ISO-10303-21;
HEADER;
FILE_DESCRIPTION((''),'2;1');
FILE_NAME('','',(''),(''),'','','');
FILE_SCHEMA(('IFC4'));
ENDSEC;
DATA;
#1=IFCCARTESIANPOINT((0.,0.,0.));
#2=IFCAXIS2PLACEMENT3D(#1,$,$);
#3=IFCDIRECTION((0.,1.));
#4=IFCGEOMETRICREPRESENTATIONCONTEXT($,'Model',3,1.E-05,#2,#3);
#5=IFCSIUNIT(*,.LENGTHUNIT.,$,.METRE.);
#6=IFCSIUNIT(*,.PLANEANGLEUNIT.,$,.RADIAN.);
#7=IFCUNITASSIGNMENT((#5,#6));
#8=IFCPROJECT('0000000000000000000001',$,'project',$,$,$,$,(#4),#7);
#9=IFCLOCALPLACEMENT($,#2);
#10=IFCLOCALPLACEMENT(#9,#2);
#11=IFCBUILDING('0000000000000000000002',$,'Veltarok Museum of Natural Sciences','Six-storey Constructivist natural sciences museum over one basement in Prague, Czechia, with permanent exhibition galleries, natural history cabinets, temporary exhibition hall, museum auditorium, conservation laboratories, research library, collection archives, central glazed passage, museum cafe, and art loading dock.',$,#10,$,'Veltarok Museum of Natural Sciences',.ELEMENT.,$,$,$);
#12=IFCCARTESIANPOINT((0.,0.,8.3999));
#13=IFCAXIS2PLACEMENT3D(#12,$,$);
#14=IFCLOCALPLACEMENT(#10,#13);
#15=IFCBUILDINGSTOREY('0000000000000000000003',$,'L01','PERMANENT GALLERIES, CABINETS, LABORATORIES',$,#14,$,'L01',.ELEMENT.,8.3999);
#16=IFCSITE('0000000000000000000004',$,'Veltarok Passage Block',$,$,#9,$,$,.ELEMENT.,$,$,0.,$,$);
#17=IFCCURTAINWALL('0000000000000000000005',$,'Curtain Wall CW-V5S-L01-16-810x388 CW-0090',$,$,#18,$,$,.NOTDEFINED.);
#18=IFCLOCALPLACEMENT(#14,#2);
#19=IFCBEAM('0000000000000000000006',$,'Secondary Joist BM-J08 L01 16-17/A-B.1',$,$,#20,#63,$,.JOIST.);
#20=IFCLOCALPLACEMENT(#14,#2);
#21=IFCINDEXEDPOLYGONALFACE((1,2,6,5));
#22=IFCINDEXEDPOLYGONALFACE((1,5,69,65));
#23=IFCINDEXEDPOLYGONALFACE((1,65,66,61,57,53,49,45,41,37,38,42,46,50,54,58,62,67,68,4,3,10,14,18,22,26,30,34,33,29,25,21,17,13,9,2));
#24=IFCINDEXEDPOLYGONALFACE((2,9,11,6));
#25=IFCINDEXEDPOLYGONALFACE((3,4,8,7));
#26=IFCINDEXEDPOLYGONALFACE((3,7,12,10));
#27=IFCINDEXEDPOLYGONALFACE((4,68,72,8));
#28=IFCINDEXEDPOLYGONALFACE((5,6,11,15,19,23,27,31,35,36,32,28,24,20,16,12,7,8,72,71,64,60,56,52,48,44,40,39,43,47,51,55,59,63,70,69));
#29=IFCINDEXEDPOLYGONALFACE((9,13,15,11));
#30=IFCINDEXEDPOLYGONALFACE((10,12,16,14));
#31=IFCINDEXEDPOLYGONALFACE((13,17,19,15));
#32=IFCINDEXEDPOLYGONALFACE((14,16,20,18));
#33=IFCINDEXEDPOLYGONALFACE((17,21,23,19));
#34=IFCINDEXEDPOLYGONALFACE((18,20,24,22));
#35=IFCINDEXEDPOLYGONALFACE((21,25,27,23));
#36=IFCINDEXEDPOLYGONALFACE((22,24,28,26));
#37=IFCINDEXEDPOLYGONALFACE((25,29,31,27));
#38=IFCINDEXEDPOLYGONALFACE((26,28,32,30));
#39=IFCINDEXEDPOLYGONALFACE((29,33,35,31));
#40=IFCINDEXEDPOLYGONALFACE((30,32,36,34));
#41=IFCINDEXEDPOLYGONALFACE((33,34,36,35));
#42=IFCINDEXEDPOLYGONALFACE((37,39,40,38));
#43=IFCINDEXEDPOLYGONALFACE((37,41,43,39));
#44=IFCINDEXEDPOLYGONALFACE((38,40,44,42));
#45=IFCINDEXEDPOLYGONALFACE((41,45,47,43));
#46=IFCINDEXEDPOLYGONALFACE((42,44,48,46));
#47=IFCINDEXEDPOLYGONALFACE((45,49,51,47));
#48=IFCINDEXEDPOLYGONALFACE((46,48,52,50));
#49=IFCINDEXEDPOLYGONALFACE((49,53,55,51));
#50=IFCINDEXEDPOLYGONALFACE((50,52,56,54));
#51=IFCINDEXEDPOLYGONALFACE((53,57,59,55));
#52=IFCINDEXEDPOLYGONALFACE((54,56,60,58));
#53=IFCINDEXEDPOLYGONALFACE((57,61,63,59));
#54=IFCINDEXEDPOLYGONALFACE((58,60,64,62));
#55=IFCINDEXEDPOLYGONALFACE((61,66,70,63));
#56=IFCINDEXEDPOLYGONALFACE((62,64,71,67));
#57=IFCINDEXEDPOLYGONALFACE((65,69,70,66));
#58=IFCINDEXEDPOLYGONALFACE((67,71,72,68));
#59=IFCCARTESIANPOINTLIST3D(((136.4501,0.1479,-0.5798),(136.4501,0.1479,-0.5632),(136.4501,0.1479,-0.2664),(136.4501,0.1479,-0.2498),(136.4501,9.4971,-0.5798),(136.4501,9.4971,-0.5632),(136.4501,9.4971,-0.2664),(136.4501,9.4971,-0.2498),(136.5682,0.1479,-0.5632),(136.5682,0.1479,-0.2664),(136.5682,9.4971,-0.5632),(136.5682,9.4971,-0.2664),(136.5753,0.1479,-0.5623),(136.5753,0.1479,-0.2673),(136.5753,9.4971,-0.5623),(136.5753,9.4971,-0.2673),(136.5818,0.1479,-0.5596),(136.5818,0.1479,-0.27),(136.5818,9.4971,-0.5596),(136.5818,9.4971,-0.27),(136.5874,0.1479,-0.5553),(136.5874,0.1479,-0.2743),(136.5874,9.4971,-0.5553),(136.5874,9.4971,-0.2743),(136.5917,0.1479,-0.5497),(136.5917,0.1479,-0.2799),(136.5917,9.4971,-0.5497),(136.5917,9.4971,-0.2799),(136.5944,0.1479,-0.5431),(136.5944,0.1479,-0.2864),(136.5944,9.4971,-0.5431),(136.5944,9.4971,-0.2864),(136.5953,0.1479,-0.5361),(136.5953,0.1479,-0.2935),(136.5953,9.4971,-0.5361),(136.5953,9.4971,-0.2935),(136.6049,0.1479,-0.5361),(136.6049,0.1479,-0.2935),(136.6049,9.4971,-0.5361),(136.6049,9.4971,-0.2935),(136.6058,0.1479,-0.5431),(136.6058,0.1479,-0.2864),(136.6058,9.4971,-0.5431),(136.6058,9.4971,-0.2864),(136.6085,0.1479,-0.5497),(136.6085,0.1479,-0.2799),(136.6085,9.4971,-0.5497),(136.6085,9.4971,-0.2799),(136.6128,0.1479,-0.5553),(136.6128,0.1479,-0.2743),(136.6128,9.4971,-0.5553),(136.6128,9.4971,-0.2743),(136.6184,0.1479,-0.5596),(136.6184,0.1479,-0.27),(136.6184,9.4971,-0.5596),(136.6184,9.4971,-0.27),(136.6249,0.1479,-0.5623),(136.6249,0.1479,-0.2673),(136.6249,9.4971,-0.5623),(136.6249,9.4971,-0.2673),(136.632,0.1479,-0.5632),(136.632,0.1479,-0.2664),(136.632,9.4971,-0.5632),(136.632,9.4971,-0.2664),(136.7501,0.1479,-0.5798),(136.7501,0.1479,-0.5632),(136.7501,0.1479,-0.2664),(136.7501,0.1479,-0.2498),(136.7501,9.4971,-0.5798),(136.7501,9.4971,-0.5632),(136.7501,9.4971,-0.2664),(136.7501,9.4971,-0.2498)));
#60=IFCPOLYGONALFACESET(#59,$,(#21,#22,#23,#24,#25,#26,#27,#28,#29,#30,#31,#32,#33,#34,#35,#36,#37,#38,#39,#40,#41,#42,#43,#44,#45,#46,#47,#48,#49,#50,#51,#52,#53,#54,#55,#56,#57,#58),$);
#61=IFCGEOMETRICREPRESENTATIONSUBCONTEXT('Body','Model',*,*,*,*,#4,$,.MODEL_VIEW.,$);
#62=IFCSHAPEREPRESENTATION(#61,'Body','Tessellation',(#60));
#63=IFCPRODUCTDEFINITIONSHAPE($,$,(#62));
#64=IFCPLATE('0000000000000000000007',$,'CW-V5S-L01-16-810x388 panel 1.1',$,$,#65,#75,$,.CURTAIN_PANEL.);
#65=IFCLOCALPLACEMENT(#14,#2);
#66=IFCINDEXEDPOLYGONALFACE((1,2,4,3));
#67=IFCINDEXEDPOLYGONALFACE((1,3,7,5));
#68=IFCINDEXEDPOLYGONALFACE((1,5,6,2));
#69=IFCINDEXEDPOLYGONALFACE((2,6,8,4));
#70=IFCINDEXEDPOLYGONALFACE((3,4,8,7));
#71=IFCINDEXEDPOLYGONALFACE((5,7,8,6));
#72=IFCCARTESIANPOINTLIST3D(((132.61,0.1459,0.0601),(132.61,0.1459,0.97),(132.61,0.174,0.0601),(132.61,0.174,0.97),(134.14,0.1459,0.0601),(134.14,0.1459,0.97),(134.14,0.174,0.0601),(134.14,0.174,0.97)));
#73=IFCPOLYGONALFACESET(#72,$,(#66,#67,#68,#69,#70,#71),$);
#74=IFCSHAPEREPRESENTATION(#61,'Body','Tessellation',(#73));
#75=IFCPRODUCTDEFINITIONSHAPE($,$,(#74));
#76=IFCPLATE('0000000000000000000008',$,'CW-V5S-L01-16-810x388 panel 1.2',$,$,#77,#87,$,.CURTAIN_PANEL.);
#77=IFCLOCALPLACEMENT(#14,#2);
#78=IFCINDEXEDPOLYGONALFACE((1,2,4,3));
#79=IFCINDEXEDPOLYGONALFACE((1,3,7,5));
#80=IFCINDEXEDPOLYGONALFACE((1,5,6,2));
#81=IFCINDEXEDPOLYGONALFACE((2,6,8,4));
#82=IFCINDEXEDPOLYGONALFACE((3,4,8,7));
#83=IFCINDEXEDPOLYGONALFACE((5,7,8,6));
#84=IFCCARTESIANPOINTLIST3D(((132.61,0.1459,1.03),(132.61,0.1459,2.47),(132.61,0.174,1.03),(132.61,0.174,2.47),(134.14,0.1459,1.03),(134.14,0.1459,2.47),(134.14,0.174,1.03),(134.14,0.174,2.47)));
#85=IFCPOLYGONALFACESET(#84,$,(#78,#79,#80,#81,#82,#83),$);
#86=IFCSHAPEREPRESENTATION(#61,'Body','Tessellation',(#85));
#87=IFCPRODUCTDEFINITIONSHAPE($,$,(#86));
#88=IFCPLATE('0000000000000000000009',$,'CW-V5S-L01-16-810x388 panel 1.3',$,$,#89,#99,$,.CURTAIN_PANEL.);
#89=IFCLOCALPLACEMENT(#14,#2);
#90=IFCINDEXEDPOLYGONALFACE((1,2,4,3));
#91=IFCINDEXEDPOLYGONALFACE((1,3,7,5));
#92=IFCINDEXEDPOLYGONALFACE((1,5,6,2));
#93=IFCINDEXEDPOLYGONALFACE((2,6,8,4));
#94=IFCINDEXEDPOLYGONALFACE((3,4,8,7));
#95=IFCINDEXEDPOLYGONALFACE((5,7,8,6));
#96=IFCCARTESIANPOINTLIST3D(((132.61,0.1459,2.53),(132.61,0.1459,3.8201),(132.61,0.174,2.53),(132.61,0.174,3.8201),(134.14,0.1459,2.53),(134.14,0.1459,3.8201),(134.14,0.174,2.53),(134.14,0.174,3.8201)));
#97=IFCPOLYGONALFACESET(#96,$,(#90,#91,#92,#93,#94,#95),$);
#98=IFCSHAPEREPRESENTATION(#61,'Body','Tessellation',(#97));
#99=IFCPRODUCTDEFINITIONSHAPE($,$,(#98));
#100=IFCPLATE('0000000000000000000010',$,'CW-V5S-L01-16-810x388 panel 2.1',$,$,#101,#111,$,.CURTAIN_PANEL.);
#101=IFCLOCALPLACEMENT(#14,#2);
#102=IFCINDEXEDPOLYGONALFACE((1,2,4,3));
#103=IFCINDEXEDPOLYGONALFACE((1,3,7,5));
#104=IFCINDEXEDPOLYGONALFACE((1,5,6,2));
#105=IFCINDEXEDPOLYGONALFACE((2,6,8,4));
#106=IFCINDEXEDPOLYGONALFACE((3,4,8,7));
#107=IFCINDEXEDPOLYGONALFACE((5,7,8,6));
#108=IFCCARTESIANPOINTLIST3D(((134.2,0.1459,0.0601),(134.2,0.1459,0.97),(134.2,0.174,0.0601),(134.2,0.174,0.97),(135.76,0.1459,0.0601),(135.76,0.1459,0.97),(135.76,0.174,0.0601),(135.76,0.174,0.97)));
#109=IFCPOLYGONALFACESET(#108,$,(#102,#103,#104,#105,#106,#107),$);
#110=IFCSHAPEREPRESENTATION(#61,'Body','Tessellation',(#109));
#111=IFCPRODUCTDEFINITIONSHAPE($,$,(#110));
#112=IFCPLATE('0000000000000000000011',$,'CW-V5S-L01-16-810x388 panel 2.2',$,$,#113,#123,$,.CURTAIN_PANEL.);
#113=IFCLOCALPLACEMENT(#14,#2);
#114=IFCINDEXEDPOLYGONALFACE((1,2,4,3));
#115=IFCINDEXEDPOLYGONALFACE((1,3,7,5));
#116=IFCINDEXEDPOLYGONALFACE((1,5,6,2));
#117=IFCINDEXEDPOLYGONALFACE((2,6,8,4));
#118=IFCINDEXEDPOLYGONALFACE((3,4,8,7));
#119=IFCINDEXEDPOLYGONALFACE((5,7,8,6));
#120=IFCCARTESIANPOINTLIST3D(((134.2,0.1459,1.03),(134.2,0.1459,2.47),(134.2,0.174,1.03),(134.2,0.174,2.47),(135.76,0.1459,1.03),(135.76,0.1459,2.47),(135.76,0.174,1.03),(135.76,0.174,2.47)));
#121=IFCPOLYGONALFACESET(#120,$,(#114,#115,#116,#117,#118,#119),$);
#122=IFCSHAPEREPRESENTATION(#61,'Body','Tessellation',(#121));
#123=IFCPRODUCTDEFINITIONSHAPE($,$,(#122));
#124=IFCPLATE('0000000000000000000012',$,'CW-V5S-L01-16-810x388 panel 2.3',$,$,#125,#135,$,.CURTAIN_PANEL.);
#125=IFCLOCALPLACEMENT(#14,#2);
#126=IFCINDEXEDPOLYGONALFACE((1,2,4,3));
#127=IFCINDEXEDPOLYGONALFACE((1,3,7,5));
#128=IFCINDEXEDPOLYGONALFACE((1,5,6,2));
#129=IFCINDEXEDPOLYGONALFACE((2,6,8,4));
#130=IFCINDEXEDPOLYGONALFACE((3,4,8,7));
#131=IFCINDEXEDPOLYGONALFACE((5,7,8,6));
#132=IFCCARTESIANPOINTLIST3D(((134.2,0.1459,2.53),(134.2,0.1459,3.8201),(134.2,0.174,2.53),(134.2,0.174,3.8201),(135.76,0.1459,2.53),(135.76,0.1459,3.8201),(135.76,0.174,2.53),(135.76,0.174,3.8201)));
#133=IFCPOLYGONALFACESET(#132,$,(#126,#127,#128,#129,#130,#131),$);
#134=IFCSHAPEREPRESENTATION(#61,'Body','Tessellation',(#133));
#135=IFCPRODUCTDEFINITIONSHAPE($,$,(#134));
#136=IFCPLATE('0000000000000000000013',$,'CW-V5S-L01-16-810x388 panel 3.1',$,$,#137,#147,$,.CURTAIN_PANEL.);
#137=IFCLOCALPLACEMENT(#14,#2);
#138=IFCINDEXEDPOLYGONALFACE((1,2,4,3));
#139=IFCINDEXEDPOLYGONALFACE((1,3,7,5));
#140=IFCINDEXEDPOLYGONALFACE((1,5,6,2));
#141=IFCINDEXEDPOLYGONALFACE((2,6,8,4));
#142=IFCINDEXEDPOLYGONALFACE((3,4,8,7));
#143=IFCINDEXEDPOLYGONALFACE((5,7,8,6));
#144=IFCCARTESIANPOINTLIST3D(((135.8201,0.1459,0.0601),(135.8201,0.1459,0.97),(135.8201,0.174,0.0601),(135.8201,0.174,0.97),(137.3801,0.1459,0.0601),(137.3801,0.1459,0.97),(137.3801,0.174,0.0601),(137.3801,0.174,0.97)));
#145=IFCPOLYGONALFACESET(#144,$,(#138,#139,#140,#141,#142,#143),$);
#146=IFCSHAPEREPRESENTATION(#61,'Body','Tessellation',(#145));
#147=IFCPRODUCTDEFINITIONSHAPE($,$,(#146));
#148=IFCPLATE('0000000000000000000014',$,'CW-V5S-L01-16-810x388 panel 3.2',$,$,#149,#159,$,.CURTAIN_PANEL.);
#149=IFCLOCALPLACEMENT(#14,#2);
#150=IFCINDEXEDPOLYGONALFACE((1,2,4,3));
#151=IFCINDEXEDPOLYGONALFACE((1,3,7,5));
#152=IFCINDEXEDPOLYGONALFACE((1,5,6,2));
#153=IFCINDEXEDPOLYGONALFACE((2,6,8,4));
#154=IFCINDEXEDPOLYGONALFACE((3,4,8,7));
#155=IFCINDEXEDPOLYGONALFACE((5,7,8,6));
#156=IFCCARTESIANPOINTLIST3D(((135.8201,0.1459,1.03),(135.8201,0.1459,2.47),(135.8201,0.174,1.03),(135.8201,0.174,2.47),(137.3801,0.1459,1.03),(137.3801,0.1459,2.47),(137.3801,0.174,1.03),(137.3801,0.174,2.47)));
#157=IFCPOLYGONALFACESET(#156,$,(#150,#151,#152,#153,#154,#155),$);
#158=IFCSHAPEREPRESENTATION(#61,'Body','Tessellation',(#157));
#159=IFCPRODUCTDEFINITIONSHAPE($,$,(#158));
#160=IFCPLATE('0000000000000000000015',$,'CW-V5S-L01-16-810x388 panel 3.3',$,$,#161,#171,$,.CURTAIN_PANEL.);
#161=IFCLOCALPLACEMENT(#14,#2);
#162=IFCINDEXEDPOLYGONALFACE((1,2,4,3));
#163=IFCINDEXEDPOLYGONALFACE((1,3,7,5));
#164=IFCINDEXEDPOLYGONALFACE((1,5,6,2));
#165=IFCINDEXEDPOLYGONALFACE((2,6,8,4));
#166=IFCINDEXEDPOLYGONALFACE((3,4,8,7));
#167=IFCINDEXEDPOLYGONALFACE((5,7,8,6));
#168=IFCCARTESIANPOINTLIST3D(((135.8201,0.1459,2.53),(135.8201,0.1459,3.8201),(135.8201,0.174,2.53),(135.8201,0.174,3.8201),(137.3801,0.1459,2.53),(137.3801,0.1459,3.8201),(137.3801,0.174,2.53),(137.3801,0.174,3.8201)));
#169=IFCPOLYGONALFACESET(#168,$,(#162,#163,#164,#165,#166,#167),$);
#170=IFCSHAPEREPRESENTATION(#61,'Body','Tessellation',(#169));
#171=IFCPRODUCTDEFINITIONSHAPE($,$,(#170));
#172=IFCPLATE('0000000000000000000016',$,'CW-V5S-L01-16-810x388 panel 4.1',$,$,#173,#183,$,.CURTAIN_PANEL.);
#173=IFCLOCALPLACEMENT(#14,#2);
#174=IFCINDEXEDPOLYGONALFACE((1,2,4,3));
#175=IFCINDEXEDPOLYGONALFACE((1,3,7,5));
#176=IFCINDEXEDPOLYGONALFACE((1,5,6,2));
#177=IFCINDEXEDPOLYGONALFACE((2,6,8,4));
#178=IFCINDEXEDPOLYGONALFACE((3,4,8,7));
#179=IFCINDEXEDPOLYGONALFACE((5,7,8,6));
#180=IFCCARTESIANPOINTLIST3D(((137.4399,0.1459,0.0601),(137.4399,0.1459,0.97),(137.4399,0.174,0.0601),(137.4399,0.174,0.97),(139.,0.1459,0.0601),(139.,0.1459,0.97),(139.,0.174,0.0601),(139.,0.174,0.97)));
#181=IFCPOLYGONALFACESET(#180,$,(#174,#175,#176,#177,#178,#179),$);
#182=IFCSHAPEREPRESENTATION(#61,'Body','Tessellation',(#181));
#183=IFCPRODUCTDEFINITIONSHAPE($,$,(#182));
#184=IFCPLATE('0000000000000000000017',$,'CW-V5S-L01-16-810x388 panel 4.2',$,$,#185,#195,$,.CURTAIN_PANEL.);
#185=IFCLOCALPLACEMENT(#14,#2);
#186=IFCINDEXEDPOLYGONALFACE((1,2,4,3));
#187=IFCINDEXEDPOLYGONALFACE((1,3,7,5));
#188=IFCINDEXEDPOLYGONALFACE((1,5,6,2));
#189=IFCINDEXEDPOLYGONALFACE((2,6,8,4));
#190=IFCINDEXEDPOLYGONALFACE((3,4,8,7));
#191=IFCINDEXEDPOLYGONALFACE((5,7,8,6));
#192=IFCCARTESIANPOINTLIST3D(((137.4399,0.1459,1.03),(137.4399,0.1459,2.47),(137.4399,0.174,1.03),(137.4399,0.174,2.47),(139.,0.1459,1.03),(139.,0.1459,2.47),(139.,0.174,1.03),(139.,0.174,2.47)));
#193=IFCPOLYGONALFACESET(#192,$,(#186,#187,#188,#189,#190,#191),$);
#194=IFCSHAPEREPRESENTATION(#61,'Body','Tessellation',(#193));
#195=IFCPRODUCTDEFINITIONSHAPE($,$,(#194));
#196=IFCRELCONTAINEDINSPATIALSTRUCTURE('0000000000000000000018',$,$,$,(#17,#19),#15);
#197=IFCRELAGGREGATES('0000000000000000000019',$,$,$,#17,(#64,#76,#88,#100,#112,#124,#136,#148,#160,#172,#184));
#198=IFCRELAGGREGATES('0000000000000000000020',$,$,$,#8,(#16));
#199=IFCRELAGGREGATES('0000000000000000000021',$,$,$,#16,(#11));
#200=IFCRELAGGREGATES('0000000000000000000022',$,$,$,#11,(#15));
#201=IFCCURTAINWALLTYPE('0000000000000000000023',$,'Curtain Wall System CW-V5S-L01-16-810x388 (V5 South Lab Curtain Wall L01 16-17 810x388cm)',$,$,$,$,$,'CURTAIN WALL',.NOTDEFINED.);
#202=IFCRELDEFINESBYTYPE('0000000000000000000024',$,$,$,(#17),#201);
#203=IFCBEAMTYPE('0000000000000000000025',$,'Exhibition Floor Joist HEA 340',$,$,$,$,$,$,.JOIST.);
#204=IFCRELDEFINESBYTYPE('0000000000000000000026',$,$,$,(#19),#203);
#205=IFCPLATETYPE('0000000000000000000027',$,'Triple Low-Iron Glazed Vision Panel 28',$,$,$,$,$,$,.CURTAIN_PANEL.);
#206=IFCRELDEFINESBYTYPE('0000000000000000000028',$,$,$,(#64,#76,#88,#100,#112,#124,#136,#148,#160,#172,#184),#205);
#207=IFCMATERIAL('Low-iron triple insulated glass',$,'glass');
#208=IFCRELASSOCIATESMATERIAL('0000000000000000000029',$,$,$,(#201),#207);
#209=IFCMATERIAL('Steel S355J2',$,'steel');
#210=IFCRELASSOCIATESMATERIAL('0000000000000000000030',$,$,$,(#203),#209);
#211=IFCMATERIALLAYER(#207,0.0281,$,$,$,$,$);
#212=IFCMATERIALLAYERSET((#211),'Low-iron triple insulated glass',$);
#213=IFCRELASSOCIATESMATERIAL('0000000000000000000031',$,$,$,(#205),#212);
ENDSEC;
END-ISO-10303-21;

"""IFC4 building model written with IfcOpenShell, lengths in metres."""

from ifc_helpers import new_model, si_unit, direction, frame, origin, origin_2d, place, context, subcontext, project, spatial, rectangle, i_section, extrude, material, layer, layer_set, material_profile, profile_set, type_object, element, aggregate, save


model = new_model("IFC4")

# Units and contexts
model_context = context("Model", 3, precision=1e-05, world=origin(), true_north=direction((0.0, 1.0)))
body_context = subcontext(model_context, "Body", "Model", "MODEL_VIEW")
ifc_project = project(units=[si_unit("LENGTHUNIT", "METRE"), si_unit("PLANEANGLEUNIT", "RADIAN")], contexts=[model_context])

# Site, building, storey
site_placement = place(None, origin())
site = spatial("IfcSite", under=ifc_project, at=site_placement, Name="Veltarok Passage Block", CompositionType="ELEMENT", RefElevation=0.0)
building_placement = place(site_placement, origin())
building = spatial("IfcBuilding", under=site, at=building_placement, Name="Veltarok Museum of Natural Sciences", Description="Six-storey Constructivist natural sciences museum over one basement in Prague, Czechia, with permanent exhibition galleries, natural history cabinets, temporary exhibition hall, museum auditorium, conservation laboratories, research library, collection archives, central glazed passage, museum cafe, and art loading dock.", LongName="Veltarok Museum of Natural Sciences", CompositionType="ELEMENT")
storey_placement = place(building_placement, frame((0.0, 0.0, 8.3999)))
storey = spatial("IfcBuildingStorey", under=building, at=storey_placement, Name="L01", Description="PERMANENT GALLERIES, CABINETS, LABORATORIES", LongName="L01", CompositionType="ELEMENT", Elevation=8.3999)

# Curtain wall
ifc_material_1 = material(Name="Low-iron triple insulated glass", Category="glass")
curtain_wall_type = type_object("IfcCurtainWallType", Name="Curtain Wall System CW-V5S-L01-16-810x388 (V5 South Lab Curtain Wall L01 16-17 810x388cm)", ElementType="CURTAIN WALL", PredefinedType="NOTDEFINED", material=ifc_material_1)
curtain_wall_placement = place(storey_placement, origin())
curtain_wall = element("IfcCurtainWall", 1, at=curtain_wall_placement, inside=storey, type_object=curtain_wall_type, Name="Curtain Wall CW-V5S-L01-16-810x388 CW-0090", PredefinedType="NOTDEFINED")

# Beam
ifc_material_2 = material(Name="Steel S355J2", Category="steel")
ifc_material_profile_1 = material_profile(ifc_material_2, i_section(OverallWidth=0.3, OverallDepth=0.3301, WebThickness=0.0095, FlangeThickness=0.0166, FilletRadius=0.0271, at=origin_2d()), Name="HEA 340")
ifc_profile_set_1 = profile_set([ifc_material_profile_1], Name="Steel S355J2")
beam_type = type_object("IfcBeamType", Name="Exhibition Floor Joist HEA 340", PredefinedType="JOIST", material=ifc_profile_set_1)
beam_placement = place(storey_placement, frame((136.6001, 0.1479, -0.4148), z_axis=(0.0, 1.0, 0.0), x_axis=(-1.0, 0.0, 0.0)))
element("IfcBeam", 2, at=beam_placement, inside=storey, type_object=beam_type, Name="Secondary Joist BM-J08 L01 16-17/A-B.1", PredefinedType="JOIST", context=body_context, shape_type="SweptSolid", body=[
    extrude(i_section(OverallWidth=0.3, OverallDepth=0.3301, WebThickness=0.0095, FlangeThickness=0.0166, FilletRadius=0.0271, at=origin_2d()), origin(), (0.0, 0.0, 1.0), 9.3491),
])

# Plates
ifc_layer = layer(ifc_material_1, 0.0281)
ifc_layer_set = layer_set([ifc_layer], Name="Low-iron triple insulated glass")
plate_type = type_object("IfcPlateType", Name="Triple Low-Iron Glazed Vision Panel 28", PredefinedType="CURTAIN_PANEL", material=ifc_layer_set)
plate_1_placement = place(storey_placement, frame((133.375, 0.1599, 0.0601), z_axis=(0.0, 0.0, 1.0), x_axis=(1.0, 0.0, 0.0)))
plate_1 = element("IfcPlate", 3, at=plate_1_placement, type_object=plate_type, Name="CW-V5S-L01-16-810x388 panel 1.1", PredefinedType="CURTAIN_PANEL", context=body_context, shape_type="SweptSolid", body=[
    extrude(rectangle(XDim=1.53, YDim=0.0281, at=origin_2d()), origin(), (0.0, 0.0, 1.0), 0.9099),
])
plate_2_placement = place(storey_placement, frame((133.375, 0.1599, 1.03), z_axis=(0.0, 0.0, 1.0), x_axis=(1.0, 0.0, 0.0)))
plate_2 = element("IfcPlate", 4, at=plate_2_placement, type_object=plate_type, Name="CW-V5S-L01-16-810x388 panel 1.2", PredefinedType="CURTAIN_PANEL", context=body_context, shape_type="SweptSolid", body=[
    extrude(rectangle(XDim=1.53, YDim=0.0281, at=origin_2d()), origin(), (0.0, 0.0, 1.0), 1.4399),
])
plate_3_placement = place(storey_placement, frame((133.375, 0.1599, 2.53), z_axis=(0.0, 0.0, 1.0), x_axis=(1.0, 0.0, 0.0)))
plate_3 = element("IfcPlate", 5, at=plate_3_placement, type_object=plate_type, Name="CW-V5S-L01-16-810x388 panel 1.3", PredefinedType="CURTAIN_PANEL", context=body_context, shape_type="SweptSolid", body=[
    extrude(rectangle(XDim=1.53, YDim=0.0281, at=origin_2d()), origin(), (0.0, 0.0, 1.0), 1.29),
])
plate_4_placement = place(storey_placement, frame((134.98, 0.1599, 0.0601), z_axis=(0.0, 0.0, 1.0), x_axis=(1.0, 0.0, 0.0)))
plate_4 = element("IfcPlate", 6, at=plate_4_placement, type_object=plate_type, Name="CW-V5S-L01-16-810x388 panel 2.1", PredefinedType="CURTAIN_PANEL", context=body_context, shape_type="SweptSolid", body=[
    extrude(rectangle(XDim=1.5601, YDim=0.0281, at=origin_2d()), origin(), (0.0, 0.0, 1.0), 0.9099),
])
plate_5_placement = place(storey_placement, frame((134.98, 0.1599, 1.03), z_axis=(0.0, 0.0, 1.0), x_axis=(1.0, 0.0, 0.0)))
plate_5 = element("IfcPlate", 7, at=plate_5_placement, type_object=plate_type, Name="CW-V5S-L01-16-810x388 panel 2.2", PredefinedType="CURTAIN_PANEL", context=body_context, shape_type="SweptSolid", body=[
    extrude(rectangle(XDim=1.5601, YDim=0.0281, at=origin_2d()), origin(), (0.0, 0.0, 1.0), 1.4399),
])
plate_6_placement = place(storey_placement, frame((134.98, 0.1599, 2.53), z_axis=(0.0, 0.0, 1.0), x_axis=(1.0, 0.0, 0.0)))
plate_6 = element("IfcPlate", 8, at=plate_6_placement, type_object=plate_type, Name="CW-V5S-L01-16-810x388 panel 2.3", PredefinedType="CURTAIN_PANEL", context=body_context, shape_type="SweptSolid", body=[
    extrude(rectangle(XDim=1.5601, YDim=0.0281, at=origin_2d()), origin(), (0.0, 0.0, 1.0), 1.29),
])
plate_7_placement = place(storey_placement, frame((136.6001, 0.1599, 0.0601), z_axis=(0.0, 0.0, 1.0), x_axis=(1.0, 0.0, 0.0)))
plate_7 = element("IfcPlate", 9, at=plate_7_placement, type_object=plate_type, Name="CW-V5S-L01-16-810x388 panel 3.1", PredefinedType="CURTAIN_PANEL", context=body_context, shape_type="SweptSolid", body=[
    extrude(rectangle(XDim=1.5601, YDim=0.0281, at=origin_2d()), origin(), (0.0, 0.0, 1.0), 0.9099),
])
plate_8_placement = place(storey_placement, frame((136.6001, 0.1599, 1.03), z_axis=(0.0, 0.0, 1.0), x_axis=(1.0, 0.0, 0.0)))
plate_8 = element("IfcPlate", 10, at=plate_8_placement, type_object=plate_type, Name="CW-V5S-L01-16-810x388 panel 3.2", PredefinedType="CURTAIN_PANEL", context=body_context, shape_type="SweptSolid", body=[
    extrude(rectangle(XDim=1.5601, YDim=0.0281, at=origin_2d()), origin(), (0.0, 0.0, 1.0), 1.4399),
])
plate_9_placement = place(storey_placement, frame((136.6001, 0.1599, 2.53), z_axis=(0.0, 0.0, 1.0), x_axis=(1.0, 0.0, 0.0)))
plate_9 = element("IfcPlate", 11, at=plate_9_placement, type_object=plate_type, Name="CW-V5S-L01-16-810x388 panel 3.3", PredefinedType="CURTAIN_PANEL", context=body_context, shape_type="SweptSolid", body=[
    extrude(rectangle(XDim=1.5601, YDim=0.0281, at=origin_2d()), origin(), (0.0, 0.0, 1.0), 1.29),
])
plate_10_placement = place(storey_placement, frame((138.22, 0.1599, 0.0601), z_axis=(0.0, 0.0, 1.0), x_axis=(1.0, 0.0, 0.0)))
plate_10 = element("IfcPlate", 12, at=plate_10_placement, type_object=plate_type, Name="CW-V5S-L01-16-810x388 panel 4.1", PredefinedType="CURTAIN_PANEL", context=body_context, shape_type="SweptSolid", body=[
    extrude(rectangle(XDim=1.5601, YDim=0.0281, at=origin_2d()), origin(), (0.0, 0.0, 1.0), 0.9099),
])
plate_11_placement = place(storey_placement, frame((138.22, 0.1599, 1.03), z_axis=(0.0, 0.0, 1.0), x_axis=(1.0, 0.0, 0.0)))
plate_11 = element("IfcPlate", 13, at=plate_11_placement, type_object=plate_type, Name="CW-V5S-L01-16-810x388 panel 4.2", PredefinedType="CURTAIN_PANEL", context=body_context, shape_type="SweptSolid", body=[
    extrude(rectangle(XDim=1.5601, YDim=0.0281, at=origin_2d()), origin(), (0.0, 0.0, 1.0), 1.4399),
])
aggregate(curtain_wall, [plate_1, plate_2, plate_3, plate_4, plate_5, plate_6, plate_7, plate_8, plate_9, plate_10, plate_11])

save(model, "model.ifc")
